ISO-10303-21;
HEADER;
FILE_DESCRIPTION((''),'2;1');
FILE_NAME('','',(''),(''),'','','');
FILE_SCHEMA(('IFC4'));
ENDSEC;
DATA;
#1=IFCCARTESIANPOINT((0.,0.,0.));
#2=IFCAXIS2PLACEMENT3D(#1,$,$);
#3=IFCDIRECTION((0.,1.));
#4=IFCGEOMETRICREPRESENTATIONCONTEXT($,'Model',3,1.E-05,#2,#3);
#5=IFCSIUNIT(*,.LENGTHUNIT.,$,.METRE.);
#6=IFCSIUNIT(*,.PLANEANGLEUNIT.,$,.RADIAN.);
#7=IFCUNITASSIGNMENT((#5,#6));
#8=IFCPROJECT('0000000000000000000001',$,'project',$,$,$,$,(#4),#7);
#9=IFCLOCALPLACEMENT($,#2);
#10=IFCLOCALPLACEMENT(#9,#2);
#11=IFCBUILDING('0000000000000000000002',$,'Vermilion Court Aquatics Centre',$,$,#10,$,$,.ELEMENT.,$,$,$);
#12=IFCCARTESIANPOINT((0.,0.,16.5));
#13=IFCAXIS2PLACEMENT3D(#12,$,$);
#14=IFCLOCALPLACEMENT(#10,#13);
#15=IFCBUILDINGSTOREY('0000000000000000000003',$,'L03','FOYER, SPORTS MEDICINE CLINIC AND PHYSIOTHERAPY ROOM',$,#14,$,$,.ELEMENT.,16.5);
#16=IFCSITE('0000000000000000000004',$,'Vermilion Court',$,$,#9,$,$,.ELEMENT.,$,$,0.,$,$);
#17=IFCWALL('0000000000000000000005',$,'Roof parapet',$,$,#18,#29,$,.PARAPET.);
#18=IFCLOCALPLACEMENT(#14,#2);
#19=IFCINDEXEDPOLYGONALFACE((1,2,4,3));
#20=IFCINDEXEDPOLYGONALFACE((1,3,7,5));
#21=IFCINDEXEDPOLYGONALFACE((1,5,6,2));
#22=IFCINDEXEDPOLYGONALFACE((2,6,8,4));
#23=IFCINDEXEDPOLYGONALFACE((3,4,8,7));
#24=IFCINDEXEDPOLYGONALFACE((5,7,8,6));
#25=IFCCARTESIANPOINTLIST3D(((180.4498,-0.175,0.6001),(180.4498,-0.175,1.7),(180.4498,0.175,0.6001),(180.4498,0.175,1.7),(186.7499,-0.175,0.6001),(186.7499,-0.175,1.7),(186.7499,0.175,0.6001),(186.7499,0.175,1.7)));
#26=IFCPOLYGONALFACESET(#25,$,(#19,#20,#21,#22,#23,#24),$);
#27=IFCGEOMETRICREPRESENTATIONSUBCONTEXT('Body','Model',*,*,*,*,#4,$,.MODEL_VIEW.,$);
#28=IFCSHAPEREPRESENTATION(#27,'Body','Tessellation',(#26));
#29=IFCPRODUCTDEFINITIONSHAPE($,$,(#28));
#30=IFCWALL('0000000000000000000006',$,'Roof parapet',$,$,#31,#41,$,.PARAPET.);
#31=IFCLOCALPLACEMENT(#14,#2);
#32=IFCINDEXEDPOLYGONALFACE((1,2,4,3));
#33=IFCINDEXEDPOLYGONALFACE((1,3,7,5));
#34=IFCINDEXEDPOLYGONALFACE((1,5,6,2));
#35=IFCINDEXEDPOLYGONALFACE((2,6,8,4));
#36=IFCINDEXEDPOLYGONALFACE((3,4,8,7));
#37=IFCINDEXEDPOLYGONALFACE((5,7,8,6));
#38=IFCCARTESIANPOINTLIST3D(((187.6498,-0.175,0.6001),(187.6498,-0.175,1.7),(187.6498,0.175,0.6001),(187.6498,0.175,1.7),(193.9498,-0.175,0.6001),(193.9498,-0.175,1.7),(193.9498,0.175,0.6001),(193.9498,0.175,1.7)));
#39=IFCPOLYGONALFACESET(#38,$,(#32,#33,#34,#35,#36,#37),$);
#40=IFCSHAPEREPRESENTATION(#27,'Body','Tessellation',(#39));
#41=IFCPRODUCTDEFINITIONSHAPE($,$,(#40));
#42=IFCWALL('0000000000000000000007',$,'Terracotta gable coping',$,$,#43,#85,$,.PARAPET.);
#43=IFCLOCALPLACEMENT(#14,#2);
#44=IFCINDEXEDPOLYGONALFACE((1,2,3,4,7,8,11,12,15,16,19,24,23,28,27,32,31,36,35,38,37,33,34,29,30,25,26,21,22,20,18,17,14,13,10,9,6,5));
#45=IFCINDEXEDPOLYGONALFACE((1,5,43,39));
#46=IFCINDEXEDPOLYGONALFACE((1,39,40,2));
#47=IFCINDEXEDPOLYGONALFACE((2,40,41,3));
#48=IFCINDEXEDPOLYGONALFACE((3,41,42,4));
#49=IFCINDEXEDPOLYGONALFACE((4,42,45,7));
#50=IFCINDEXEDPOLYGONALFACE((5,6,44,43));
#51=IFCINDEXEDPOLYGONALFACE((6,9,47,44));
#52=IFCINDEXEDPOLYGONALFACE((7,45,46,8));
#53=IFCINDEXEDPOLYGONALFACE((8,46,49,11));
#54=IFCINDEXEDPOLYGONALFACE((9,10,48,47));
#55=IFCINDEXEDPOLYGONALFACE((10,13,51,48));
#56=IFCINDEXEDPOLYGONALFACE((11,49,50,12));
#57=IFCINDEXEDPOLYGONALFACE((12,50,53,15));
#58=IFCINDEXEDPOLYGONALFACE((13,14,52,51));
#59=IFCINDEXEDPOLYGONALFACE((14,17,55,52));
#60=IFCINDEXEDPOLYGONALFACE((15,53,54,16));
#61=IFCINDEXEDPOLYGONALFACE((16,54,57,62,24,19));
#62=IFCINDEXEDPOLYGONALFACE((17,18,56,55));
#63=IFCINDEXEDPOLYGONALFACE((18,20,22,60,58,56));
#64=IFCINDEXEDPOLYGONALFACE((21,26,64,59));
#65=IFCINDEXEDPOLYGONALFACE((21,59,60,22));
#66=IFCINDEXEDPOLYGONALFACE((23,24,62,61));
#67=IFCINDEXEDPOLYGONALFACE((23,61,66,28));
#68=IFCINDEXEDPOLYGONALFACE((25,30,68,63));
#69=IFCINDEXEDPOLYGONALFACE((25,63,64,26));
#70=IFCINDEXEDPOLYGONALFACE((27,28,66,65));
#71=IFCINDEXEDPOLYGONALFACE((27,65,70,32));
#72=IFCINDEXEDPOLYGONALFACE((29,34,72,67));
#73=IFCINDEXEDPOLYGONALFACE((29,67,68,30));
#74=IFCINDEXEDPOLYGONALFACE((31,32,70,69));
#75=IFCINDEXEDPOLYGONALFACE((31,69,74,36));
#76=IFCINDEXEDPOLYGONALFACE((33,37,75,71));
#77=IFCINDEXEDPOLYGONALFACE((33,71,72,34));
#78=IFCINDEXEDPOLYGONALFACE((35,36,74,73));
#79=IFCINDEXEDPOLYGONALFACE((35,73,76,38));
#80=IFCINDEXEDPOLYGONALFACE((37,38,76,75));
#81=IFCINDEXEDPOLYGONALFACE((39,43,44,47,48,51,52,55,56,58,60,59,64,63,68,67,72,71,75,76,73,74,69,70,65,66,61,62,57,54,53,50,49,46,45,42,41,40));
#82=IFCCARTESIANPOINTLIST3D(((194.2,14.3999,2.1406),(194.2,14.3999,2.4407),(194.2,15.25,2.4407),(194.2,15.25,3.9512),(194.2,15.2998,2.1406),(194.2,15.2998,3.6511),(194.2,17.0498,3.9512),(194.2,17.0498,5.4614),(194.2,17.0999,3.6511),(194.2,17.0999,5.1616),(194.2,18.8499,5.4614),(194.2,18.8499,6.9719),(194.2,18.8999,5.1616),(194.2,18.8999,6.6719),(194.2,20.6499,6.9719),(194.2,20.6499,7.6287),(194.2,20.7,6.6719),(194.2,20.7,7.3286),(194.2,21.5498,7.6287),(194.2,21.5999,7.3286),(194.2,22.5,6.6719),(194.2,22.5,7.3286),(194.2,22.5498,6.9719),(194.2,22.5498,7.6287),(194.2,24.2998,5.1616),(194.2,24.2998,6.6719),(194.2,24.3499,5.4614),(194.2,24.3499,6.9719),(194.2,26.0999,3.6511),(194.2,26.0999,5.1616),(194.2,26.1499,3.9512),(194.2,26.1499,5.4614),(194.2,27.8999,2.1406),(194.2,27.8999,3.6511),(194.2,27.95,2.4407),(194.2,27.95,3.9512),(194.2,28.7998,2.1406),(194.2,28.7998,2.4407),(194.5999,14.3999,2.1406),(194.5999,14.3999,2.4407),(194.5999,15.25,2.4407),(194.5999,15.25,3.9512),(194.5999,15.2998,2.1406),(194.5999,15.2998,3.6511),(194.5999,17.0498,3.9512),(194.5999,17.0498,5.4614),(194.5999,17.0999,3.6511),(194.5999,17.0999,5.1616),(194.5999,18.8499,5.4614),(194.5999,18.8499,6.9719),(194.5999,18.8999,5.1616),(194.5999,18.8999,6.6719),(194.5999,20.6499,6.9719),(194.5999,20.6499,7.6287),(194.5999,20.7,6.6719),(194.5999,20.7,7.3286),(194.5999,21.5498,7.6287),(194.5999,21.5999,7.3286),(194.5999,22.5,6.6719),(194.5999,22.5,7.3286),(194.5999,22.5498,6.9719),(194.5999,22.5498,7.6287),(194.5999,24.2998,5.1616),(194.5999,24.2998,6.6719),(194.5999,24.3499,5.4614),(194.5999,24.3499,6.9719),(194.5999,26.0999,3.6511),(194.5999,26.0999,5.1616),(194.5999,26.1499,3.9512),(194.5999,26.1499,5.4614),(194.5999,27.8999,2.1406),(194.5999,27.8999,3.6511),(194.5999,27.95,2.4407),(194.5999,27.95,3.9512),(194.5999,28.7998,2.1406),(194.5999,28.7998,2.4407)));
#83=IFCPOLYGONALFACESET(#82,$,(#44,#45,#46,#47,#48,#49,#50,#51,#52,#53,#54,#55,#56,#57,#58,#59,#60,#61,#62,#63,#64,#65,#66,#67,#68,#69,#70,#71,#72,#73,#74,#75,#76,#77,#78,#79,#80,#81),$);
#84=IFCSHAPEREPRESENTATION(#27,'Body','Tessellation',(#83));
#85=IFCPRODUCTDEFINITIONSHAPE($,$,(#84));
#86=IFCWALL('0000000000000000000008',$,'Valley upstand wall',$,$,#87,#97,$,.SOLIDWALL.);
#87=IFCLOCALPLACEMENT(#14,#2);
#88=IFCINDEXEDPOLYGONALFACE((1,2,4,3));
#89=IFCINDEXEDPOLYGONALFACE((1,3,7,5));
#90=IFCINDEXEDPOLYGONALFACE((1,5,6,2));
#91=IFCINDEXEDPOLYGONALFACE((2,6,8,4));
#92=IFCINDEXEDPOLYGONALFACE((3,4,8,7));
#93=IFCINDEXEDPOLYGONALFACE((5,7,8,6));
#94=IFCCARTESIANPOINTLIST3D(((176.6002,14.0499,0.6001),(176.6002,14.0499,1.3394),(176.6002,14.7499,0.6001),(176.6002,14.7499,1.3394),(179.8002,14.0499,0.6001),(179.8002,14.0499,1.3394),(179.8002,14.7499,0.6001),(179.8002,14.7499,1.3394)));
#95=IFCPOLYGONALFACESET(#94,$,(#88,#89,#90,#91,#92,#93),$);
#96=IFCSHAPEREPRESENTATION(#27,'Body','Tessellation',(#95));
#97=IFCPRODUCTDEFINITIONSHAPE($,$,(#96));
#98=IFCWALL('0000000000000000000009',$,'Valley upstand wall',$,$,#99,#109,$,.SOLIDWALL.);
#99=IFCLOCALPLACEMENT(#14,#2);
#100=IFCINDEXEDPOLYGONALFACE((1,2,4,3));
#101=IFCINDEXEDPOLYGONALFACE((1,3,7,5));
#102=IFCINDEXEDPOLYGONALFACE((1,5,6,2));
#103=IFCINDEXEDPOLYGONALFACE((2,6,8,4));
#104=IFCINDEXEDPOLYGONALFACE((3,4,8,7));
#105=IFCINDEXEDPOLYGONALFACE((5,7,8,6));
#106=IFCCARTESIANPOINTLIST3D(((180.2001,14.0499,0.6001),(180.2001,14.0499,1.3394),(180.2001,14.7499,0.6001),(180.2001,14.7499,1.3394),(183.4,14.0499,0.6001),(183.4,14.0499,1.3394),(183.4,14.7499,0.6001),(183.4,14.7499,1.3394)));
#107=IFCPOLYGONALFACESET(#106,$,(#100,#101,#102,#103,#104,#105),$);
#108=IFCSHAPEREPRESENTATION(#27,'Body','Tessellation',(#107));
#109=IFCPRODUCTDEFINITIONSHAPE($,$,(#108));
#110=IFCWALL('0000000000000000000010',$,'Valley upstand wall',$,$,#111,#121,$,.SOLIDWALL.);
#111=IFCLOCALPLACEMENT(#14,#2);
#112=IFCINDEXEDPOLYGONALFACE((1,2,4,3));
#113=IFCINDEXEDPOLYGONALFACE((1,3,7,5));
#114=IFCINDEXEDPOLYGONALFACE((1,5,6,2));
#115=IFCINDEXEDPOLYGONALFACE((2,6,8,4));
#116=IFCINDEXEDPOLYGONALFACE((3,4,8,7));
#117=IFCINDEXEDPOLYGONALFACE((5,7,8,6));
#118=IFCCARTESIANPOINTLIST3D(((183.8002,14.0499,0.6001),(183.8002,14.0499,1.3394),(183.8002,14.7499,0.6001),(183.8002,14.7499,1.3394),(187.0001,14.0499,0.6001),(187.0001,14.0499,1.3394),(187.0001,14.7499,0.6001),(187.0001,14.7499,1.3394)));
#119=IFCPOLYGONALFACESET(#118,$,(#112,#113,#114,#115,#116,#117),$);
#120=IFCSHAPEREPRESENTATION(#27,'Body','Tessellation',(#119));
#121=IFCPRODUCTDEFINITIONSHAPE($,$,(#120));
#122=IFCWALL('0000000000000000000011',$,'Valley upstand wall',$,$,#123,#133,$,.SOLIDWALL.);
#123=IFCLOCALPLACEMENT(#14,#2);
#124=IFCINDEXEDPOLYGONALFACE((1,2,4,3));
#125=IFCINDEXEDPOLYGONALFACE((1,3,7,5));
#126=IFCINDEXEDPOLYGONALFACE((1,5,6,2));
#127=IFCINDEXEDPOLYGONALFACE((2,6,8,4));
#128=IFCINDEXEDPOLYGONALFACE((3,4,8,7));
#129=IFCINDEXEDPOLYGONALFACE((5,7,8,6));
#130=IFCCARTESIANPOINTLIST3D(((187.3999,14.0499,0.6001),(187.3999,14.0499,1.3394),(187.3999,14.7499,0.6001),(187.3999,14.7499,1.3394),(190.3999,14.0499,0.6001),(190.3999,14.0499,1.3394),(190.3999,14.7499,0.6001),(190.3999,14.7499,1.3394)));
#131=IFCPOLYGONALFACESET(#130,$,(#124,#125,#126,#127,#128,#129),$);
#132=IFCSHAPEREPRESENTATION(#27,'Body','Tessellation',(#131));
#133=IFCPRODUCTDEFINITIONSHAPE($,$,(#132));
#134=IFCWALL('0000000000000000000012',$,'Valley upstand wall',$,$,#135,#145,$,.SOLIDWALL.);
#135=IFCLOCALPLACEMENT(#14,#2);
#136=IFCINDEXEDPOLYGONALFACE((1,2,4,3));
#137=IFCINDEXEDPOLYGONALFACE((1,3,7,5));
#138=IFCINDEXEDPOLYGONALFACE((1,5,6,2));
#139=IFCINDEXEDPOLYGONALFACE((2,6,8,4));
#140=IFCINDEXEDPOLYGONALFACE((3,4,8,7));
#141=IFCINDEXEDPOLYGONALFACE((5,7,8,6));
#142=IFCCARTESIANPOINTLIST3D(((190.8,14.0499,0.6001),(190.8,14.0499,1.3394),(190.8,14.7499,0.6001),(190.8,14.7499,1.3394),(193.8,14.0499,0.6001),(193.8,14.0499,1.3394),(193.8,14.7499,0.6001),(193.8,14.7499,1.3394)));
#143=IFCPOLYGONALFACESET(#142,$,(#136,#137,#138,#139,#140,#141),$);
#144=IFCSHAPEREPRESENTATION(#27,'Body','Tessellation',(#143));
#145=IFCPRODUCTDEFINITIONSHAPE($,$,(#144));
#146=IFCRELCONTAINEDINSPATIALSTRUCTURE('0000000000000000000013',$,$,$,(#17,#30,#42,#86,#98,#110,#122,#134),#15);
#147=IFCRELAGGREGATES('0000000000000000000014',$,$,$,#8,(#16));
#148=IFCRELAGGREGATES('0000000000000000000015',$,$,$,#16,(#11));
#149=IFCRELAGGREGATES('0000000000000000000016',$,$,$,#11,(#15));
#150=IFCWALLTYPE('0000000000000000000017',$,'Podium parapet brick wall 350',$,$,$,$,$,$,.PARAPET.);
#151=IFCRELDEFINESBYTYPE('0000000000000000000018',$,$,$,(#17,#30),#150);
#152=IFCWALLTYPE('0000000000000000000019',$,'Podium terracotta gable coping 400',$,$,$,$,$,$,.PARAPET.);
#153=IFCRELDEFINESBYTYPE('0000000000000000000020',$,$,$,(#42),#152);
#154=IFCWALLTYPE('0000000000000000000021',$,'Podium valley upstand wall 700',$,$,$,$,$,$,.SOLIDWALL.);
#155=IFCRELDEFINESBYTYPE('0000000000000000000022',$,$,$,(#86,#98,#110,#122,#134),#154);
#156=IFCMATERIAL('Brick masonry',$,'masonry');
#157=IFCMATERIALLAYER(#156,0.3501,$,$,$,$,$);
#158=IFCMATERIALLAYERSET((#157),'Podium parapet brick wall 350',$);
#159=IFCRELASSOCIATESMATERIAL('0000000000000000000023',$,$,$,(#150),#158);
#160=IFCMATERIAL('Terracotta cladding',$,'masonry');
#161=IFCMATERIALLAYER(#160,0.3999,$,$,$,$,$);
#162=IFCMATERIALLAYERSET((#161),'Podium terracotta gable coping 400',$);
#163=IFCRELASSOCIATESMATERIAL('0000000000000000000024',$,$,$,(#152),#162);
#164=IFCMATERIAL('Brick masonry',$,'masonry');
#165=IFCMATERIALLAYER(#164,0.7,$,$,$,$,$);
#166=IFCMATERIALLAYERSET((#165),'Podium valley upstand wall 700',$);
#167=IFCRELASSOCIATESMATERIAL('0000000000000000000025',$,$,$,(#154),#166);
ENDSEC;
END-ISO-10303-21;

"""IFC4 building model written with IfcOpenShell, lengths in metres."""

from ifc_helpers import new_model, si_unit, direction, frame, frame_2d, origin, place, context, subcontext, project, spatial, polyline, rectangle, outline, extrude, material, layer, layer_set, type_object, element, save


model = new_model("IFC4")

# Units and contexts
model_context = context("Model", 3, precision=1e-05, world=origin(), true_north=direction((0.0, 1.0)))
body_context = subcontext(model_context, "Body", "Model", "MODEL_VIEW")
ifc_project = project(units=[si_unit("LENGTHUNIT", "METRE"), si_unit("PLANEANGLEUNIT", "RADIAN")], contexts=[model_context])

# Site, building, storey
site_placement = place(None, origin())
site = spatial("IfcSite", under=ifc_project, at=site_placement, Name="Vermilion Court", CompositionType="ELEMENT", RefElevation=0.0)
building_placement = place(site_placement, origin())
building = spatial("IfcBuilding", under=site, at=building_placement, Name="Vermilion Court Aquatics Centre", CompositionType="ELEMENT")
storey_placement = place(building_placement, frame((0.0, 0.0, 16.5)))
storey = spatial("IfcBuildingStorey", under=building, at=storey_placement, Name="L03", Description="FOYER, SPORTS MEDICINE CLINIC AND PHYSIOTHERAPY ROOM", CompositionType="ELEMENT", Elevation=16.5)

# Walls
ifc_material_1 = material(Name="Brick masonry", Category="masonry")
ifc_layer_1 = layer(ifc_material_1, 0.3501)
ifc_layer_set_1 = layer_set([ifc_layer_1], Name="Podium parapet brick wall 350")
wall_type_1 = type_object("IfcWallType", Name="Podium parapet brick wall 350", PredefinedType="PARAPET", material=ifc_layer_set_1)
for number, where, z_axis, x_axis, name in (
    (1, (180.45, 0.0, 0.6001), (0.0, 0.0, 1.0), (1.0, 0.0, 0.0), "Roof parapet"),
    (2, (187.6499, 0.0, 0.6001), (0.0, 0.0, 1.0), (1.0, 0.0, 0.0), "Roof parapet"),
):
    element("IfcWall", number, at=place(storey_placement, frame(where, z_axis=z_axis, x_axis=x_axis)), inside=storey, type_object=wall_type_1, Name=name, PredefinedType="PARAPET", context=body_context, shape_type="SweptSolid", body=[
        extrude(rectangle(XDim=6.3, YDim=0.3501, at=frame_2d((3.1499, 0.0))), origin(), (0.0, 0.0, 1.0), 1.0999),
    ])
ifc_material_2 = material(Name="Terracotta cladding", Category="masonry")
ifc_layer_2 = layer(ifc_material_2, 0.3999)
ifc_layer_set_2 = layer_set([ifc_layer_2], Name="Podium terracotta gable coping 400")
wall_type_2 = type_object("IfcWallType", Name="Podium terracotta gable coping 400", PredefinedType="PARAPET", material=ifc_layer_set_2)
wall_1_placement = place(storey_placement, frame((194.3999, 14.3999, 0.0), z_axis=(0.0, 0.0, 1.0), x_axis=(0.0, 1.0, 0.0)))
element("IfcWall", 3, at=wall_1_placement, inside=storey, type_object=wall_type_2, Name="Terracotta gable coping", PredefinedType="PARAPET", context=body_context, shape_type="SweptSolid", body=[
    extrude(outline(polyline([(0.0, 2.1406), (0.8999, 2.1406), (0.8999, 3.6511), (2.7, 3.6511), (2.7, 5.1616), (4.5, 5.1616), (4.5, 6.6719), (6.3, 6.6719), (6.3, 7.3286), (7.2, 7.3286), (7.2, 7.3286), (8.1001, 7.3286), (8.1001, 6.6719), (9.8999, 6.6719), (9.8999, 5.1616), (11.7, 5.1616), (11.7, 3.6511), (13.5, 3.6511), (13.5, 2.1406), (14.3999, 2.1406), (14.3999, 2.4407), (13.55, 2.4407), (13.55, 3.9512), (11.75, 3.9512), (11.75, 5.4614), (9.95, 5.4614), (9.95, 6.9719), (8.1499, 6.9719), (8.1499, 7.6287), (7.1499, 7.6287), (7.1499, 7.6287), (6.25, 7.6287), (6.25, 6.9719), (4.45, 6.9719), (4.45, 5.4614), (2.6499, 5.4614), (2.6499, 3.9512), (0.8501, 3.9512), (0.8501, 2.4407), (0.0, 2.4407), (0.0, 2.1406)])), frame((0.0, 0.2, 0.0), z_axis=(0.0, -1.0, 0.0), x_axis=(1.0, 0.0, 0.0)), (0.0, 0.0, 1.0), 0.3999),
])
ifc_material_3 = material(Name="Brick masonry", Category="masonry")
ifc_layer_3 = layer(ifc_material_3, 0.7)
ifc_layer_set_3 = layer_set([ifc_layer_3], Name="Podium valley upstand wall 700")
wall_type_3 = type_object("IfcWallType", Name="Podium valley upstand wall 700", PredefinedType="SOLIDWALL", material=ifc_layer_set_3)
for number, where, z_axis, x_axis, name in (
    (4, (176.6001, 14.3999, 0.6001), (0.0, 0.0, 1.0), (1.0, 0.0, 0.0), "Valley upstand wall"),
    (5, (180.2, 14.3999, 0.6001), (0.0, 0.0, 1.0), (1.0, 0.0, 0.0), "Valley upstand wall"),
    (6, (183.8, 14.3999, 0.6001), (0.0, 0.0, 1.0), (1.0, 0.0, 0.0), "Valley upstand wall"),
):
    element("IfcWall", number, at=place(storey_placement, frame(where, z_axis=z_axis, x_axis=x_axis)), inside=storey, type_object=wall_type_3, Name=name, PredefinedType="SOLIDWALL", context=body_context, shape_type="SweptSolid", body=[
        extrude(rectangle(XDim=3.2, YDim=0.7, at=frame_2d((1.6001, 0.0))), origin(), (0.0, 0.0, 1.0), 0.7393),
    ])
for number, where, z_axis, x_axis, name in (
    (7, (187.3999, 14.3999, 0.6001), (0.0, 0.0, 1.0), (1.0, 0.0, 0.0), "Valley upstand wall"),
    (8, (190.8, 14.3999, 0.6001), (0.0, 0.0, 1.0), (1.0, 0.0, 0.0), "Valley upstand wall"),
):
    element("IfcWall", number, at=place(storey_placement, frame(where, z_axis=z_axis, x_axis=x_axis)), inside=storey, type_object=wall_type_3, Name=name, PredefinedType="SOLIDWALL", context=body_context, shape_type="SweptSolid", body=[
        extrude(rectangle(XDim=3.0, YDim=0.7, at=frame_2d((1.5, 0.0))), origin(), (0.0, 0.0, 1.0), 0.7393),
    ])

save(model, "model.ifc")
